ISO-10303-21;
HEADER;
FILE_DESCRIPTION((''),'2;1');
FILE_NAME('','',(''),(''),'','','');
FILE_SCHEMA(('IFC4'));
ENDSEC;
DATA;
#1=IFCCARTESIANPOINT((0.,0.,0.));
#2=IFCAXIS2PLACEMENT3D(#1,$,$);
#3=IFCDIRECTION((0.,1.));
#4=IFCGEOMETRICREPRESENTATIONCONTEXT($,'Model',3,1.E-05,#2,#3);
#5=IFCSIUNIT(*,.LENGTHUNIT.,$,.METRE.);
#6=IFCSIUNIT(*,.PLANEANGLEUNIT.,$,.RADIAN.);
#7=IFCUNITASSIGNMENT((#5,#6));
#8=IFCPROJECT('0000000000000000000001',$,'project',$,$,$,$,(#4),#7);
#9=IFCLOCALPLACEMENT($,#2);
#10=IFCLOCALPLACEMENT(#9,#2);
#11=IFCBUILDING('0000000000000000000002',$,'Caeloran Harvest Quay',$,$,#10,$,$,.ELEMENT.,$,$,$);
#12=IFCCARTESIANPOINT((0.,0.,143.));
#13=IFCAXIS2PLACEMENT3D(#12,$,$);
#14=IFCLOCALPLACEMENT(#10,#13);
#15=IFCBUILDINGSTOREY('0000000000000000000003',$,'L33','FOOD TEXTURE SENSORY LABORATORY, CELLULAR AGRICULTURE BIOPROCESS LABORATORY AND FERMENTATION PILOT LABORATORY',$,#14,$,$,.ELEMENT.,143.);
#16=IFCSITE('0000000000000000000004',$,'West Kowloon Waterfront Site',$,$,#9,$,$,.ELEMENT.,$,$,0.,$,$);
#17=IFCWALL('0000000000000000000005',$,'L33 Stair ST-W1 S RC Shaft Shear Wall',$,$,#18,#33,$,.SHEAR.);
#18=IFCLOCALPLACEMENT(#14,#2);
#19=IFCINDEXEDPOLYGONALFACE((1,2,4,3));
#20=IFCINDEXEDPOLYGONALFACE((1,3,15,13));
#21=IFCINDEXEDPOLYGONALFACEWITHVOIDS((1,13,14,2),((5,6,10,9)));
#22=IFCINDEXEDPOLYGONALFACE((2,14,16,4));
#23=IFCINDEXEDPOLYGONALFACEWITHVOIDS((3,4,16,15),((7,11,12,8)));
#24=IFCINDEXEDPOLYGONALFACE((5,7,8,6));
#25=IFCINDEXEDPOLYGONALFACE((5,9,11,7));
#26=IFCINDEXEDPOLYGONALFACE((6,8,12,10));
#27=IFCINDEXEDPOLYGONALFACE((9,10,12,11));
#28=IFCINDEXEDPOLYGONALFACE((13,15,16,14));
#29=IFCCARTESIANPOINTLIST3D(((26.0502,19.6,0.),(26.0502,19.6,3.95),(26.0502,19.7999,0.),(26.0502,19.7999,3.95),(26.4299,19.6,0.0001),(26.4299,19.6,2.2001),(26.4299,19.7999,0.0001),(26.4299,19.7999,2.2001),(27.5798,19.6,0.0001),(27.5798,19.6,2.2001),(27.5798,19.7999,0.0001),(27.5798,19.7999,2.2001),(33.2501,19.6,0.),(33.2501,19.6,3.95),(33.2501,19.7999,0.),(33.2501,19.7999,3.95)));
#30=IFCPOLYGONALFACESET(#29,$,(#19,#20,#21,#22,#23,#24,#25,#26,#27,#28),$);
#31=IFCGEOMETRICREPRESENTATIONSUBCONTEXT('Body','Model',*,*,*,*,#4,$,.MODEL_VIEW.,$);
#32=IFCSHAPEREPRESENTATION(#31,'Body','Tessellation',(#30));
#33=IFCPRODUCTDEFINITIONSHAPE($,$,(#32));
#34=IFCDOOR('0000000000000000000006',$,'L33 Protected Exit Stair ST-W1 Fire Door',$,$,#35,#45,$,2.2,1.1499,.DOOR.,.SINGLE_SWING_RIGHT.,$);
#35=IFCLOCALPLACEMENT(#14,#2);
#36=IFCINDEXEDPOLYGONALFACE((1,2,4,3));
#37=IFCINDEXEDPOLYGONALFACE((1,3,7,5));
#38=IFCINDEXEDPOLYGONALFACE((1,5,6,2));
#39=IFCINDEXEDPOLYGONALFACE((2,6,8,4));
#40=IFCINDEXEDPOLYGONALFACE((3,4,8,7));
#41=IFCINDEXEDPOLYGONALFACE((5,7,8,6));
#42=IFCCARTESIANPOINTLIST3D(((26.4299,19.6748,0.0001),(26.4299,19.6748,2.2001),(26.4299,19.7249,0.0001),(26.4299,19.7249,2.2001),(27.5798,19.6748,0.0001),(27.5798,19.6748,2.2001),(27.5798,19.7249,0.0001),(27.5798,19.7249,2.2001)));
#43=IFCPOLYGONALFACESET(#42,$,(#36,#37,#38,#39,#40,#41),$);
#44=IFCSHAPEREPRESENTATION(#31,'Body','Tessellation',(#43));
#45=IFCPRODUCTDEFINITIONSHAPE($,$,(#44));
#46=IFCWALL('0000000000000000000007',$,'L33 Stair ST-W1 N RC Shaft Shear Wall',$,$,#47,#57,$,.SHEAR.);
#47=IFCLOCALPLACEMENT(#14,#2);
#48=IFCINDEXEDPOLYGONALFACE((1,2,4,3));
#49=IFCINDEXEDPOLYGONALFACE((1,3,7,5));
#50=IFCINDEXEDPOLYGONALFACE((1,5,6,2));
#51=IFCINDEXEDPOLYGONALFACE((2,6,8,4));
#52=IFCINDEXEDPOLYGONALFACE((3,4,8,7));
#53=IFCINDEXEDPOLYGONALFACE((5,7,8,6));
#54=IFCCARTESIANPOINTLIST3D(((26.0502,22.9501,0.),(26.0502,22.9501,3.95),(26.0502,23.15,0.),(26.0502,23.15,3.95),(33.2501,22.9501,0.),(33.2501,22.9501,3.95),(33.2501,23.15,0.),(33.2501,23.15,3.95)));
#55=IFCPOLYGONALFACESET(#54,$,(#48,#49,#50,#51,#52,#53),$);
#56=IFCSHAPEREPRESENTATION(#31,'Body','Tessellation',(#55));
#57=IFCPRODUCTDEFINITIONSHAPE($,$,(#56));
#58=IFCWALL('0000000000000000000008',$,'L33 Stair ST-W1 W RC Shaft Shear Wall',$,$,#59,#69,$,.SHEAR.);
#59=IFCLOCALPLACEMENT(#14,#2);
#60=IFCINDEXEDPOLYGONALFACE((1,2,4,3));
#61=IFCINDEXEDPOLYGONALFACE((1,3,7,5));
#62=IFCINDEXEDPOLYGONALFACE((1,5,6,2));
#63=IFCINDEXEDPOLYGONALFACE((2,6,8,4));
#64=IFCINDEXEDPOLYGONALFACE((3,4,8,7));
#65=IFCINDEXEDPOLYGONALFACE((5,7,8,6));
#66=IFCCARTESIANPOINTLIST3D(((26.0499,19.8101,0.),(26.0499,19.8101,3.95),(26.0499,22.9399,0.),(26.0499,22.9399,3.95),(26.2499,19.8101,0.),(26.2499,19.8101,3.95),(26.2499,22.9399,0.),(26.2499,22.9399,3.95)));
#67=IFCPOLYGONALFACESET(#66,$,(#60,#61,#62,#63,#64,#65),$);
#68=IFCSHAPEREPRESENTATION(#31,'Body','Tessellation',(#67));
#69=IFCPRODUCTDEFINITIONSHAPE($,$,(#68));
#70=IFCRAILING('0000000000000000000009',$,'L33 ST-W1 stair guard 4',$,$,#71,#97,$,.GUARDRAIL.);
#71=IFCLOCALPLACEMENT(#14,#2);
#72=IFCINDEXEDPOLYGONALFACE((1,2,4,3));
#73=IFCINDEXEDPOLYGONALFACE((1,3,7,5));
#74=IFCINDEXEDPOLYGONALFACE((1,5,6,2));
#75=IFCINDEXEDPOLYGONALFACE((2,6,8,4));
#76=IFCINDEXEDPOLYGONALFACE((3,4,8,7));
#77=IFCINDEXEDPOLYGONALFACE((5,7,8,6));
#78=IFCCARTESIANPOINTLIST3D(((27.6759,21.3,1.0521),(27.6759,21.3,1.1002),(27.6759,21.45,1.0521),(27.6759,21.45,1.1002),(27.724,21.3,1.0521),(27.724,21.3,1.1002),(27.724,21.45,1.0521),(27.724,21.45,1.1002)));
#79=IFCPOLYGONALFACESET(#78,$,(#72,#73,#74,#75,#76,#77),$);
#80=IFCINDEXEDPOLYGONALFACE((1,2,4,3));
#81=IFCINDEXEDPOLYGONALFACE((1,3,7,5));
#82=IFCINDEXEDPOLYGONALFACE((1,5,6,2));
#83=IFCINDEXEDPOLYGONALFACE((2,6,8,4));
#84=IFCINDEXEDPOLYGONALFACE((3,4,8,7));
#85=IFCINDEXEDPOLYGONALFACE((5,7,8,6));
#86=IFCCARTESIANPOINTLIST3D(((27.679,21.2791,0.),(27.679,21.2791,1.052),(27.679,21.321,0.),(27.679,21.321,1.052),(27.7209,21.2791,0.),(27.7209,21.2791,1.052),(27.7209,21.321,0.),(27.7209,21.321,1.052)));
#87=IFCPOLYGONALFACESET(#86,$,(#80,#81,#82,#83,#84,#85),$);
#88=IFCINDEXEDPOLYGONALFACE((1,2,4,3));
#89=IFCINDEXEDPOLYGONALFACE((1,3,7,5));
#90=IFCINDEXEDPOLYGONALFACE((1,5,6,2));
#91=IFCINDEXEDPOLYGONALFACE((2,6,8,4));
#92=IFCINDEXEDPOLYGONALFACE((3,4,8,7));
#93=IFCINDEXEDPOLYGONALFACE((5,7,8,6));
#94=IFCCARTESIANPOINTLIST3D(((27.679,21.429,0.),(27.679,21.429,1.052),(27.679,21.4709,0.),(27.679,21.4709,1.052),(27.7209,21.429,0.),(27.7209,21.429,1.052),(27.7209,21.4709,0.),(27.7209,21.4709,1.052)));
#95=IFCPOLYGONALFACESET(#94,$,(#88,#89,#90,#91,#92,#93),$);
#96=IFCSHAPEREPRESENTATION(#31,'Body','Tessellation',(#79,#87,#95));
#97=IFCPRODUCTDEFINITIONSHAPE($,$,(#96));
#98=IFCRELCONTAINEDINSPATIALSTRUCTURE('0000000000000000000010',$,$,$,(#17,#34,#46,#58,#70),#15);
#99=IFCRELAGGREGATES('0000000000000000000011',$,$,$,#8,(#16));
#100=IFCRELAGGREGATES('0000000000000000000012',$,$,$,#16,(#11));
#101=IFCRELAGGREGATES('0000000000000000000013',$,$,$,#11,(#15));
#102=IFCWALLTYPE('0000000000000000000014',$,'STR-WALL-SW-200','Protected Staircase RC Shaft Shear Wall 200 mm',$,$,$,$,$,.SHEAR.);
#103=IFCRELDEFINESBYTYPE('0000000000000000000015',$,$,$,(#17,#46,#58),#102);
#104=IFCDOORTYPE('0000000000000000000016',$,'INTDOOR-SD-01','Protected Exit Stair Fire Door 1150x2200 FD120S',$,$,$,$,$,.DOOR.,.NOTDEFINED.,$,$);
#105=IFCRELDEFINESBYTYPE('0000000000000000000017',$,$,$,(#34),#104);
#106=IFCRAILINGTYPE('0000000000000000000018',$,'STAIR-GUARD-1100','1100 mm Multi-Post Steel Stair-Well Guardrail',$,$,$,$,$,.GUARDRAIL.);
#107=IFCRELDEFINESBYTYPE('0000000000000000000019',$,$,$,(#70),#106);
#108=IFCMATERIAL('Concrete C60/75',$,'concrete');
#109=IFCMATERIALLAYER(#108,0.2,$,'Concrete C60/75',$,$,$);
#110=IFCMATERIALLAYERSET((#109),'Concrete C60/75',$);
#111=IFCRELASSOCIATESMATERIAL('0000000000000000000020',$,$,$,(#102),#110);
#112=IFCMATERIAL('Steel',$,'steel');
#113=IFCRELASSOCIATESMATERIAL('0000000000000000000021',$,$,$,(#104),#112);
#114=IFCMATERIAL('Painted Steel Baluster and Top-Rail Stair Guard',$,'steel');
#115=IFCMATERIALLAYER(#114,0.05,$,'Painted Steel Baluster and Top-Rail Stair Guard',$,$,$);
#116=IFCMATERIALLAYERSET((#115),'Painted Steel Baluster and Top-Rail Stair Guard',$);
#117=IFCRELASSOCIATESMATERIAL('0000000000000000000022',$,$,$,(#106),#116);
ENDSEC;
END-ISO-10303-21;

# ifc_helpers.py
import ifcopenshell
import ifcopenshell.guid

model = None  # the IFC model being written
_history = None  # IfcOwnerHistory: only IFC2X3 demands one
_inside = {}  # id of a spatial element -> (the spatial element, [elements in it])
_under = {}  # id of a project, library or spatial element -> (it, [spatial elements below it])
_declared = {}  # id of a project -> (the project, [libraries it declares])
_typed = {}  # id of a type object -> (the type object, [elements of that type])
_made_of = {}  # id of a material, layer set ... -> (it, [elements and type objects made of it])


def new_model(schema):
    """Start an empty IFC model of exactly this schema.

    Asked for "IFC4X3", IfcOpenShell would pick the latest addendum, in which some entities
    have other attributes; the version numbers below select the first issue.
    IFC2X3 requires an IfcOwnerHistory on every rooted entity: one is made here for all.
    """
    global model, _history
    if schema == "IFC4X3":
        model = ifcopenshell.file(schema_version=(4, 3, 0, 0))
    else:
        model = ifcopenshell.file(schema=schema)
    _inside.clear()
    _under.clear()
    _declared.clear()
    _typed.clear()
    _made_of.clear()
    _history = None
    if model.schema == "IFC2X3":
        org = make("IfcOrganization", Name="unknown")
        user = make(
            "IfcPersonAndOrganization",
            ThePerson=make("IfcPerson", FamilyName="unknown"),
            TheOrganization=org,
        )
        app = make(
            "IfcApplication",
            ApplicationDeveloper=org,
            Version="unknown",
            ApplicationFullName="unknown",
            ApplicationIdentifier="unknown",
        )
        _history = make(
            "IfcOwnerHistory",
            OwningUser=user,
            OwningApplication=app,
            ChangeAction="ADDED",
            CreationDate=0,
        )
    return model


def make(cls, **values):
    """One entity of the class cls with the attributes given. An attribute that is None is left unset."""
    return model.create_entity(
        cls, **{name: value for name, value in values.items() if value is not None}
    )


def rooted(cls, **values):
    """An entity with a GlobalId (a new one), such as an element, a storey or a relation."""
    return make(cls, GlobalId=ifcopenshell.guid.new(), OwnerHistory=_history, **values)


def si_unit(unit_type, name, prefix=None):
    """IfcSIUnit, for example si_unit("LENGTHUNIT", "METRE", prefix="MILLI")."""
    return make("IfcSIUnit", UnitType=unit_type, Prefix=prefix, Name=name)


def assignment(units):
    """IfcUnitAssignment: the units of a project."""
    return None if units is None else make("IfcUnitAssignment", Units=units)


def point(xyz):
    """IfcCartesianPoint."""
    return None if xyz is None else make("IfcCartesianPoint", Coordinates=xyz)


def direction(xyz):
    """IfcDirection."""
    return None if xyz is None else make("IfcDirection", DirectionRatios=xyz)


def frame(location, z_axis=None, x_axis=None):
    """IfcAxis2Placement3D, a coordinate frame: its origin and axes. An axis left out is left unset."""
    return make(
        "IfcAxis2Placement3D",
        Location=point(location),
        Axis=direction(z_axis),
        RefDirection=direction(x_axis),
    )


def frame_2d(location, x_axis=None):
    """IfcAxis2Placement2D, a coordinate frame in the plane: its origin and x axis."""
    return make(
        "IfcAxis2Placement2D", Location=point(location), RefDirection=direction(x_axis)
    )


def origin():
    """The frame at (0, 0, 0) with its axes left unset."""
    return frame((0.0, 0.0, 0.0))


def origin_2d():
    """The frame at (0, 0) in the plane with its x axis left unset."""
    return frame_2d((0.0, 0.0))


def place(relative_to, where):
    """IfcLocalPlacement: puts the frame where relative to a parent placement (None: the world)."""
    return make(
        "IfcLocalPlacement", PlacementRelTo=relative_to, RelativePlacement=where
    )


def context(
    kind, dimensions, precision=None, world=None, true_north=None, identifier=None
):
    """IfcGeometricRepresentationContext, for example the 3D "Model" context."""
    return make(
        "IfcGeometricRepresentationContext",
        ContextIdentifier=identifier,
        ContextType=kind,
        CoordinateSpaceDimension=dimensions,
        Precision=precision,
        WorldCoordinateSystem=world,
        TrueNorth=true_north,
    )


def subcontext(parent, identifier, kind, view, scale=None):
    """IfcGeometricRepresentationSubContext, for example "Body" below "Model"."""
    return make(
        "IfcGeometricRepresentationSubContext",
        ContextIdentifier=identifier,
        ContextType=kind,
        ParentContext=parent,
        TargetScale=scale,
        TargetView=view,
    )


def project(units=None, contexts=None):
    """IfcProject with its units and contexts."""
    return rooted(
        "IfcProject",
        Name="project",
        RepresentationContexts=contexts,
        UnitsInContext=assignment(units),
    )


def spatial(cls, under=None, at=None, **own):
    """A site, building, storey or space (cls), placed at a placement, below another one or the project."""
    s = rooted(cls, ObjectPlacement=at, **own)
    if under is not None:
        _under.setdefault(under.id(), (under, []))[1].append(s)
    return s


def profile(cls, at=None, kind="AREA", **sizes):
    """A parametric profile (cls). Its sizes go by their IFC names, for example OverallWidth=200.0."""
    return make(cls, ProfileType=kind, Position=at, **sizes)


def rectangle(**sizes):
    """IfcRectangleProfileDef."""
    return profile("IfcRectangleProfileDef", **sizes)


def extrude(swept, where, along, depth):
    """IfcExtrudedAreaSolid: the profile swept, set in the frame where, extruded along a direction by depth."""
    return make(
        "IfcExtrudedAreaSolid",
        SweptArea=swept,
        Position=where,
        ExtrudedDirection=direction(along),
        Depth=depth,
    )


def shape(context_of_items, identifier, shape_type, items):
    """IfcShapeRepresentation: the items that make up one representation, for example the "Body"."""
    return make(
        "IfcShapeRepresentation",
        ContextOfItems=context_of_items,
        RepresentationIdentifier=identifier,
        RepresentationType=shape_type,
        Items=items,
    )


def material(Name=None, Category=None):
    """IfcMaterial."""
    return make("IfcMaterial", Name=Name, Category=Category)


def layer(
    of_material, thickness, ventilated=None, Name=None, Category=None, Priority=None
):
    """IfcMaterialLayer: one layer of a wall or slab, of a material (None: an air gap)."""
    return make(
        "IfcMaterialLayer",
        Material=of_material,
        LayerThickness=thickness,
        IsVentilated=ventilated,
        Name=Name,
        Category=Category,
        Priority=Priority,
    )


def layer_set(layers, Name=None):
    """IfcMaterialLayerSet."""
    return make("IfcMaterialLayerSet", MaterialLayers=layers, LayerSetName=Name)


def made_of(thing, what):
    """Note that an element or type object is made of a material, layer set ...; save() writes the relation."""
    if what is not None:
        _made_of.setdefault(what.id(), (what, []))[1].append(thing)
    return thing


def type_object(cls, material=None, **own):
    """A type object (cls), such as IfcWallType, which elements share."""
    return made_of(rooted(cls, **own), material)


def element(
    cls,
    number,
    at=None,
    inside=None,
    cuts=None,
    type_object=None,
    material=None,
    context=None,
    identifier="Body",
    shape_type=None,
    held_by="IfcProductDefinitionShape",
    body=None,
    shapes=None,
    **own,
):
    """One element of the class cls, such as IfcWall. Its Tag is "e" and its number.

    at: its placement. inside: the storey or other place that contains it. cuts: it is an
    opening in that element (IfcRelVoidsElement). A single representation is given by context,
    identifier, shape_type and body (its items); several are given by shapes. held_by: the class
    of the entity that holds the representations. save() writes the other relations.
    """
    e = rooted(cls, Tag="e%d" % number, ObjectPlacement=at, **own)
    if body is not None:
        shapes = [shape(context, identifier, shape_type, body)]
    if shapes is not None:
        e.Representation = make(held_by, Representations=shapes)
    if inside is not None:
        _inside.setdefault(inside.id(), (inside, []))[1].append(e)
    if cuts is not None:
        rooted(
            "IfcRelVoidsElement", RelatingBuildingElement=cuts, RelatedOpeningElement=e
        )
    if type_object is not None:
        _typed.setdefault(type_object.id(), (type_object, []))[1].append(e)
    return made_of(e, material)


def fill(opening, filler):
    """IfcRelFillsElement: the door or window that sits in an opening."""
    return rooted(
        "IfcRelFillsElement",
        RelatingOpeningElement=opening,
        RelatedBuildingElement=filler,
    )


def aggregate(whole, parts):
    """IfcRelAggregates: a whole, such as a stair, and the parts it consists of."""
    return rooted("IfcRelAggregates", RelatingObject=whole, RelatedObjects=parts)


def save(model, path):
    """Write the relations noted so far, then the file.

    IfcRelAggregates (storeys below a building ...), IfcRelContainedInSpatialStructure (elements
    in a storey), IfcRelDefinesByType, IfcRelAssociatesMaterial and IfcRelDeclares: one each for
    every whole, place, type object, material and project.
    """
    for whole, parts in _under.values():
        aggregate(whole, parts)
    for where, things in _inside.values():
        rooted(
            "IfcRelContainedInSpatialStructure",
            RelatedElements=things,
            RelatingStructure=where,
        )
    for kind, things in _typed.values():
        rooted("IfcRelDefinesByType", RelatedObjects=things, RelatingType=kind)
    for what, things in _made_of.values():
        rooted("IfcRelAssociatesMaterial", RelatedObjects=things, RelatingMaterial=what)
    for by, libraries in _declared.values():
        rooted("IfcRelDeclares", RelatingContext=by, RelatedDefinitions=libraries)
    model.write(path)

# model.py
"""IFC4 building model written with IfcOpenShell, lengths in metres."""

from ifc_helpers import new_model, si_unit, direction, frame, frame_2d, origin, origin_2d, place, context, subcontext, project, spatial, rectangle, extrude, material, layer, layer_set, type_object, element, fill, save


model = new_model("IFC4")

# Units and contexts
model_context = context("Model", 3, precision=1e-05, world=origin(), true_north=direction((0.0, 1.0)))
body_context = subcontext(model_context, "Body", "Model", "MODEL_VIEW")
ifc_project = project(units=[si_unit("LENGTHUNIT", "METRE"), si_unit("PLANEANGLEUNIT", "RADIAN")], contexts=[model_context])

# Site, building, storey
site_placement = place(None, origin())
site = spatial("IfcSite", under=ifc_project, at=site_placement, Name="West Kowloon Waterfront Site", CompositionType="ELEMENT", RefElevation=0.0)
building_placement = place(site_placement, origin())
building = spatial("IfcBuilding", under=site, at=building_placement, Name="Caeloran Harvest Quay", CompositionType="ELEMENT")
storey_placement = place(building_placement, frame((0.0, 0.0, 143.0)))
storey = spatial("IfcBuildingStorey", under=building, at=storey_placement, Name="L33", Description="FOOD TEXTURE SENSORY LABORATORY, CELLULAR AGRICULTURE BIOPROCESS LABORATORY AND FERMENTATION PILOT LABORATORY", CompositionType="ELEMENT", Elevation=143.0)

# Wall, opening, door
ifc_material_1 = material(Name="Concrete C60/75", Category="concrete")
ifc_layer_1 = layer(ifc_material_1, 0.2, Name="Concrete C60/75")
ifc_layer_set_1 = layer_set([ifc_layer_1], Name="Concrete C60/75")
wall_type_1 = type_object("IfcWallType", Name="STR-WALL-SW-200", Description="Protected Staircase RC Shaft Shear Wall 200 mm", PredefinedType="SHEAR", material=ifc_layer_set_1)
wall_1_placement = place(storey_placement, frame((26.05, 19.7, 0.0), z_axis=(0.0, 0.0, 1.0), x_axis=(1.0, 0.0, 0.0)))
wall_1 = element("IfcWall", 1, at=wall_1_placement, inside=storey, type_object=wall_type_1, Name="L33 Stair ST-W1 S RC Shaft Shear Wall", PredefinedType="SHEAR", context=body_context, shape_type="SweptSolid", body=[
    extrude(rectangle(XDim=7.2, YDim=0.2, at=frame_2d((3.6001, 0.0))), origin(), (0.0, 0.0, 1.0), 3.95),
])
opening_1_placement = place(wall_1_placement, frame((0.3799, 0.0, 0.0)))
opening_1 = element("IfcOpeningElement", 2, at=opening_1_placement, cuts=wall_1, PredefinedType="OPENING", context=body_context, shape_type="SweptSolid", body=[
    extrude(rectangle(XDim=1.1499, YDim=2.2, at=frame_2d((0.575, 1.1001))), frame((0.0, 0.1099, 0.0), z_axis=(0.0, -1.0, 0.0), x_axis=(1.0, 0.0, 0.0)), (0.0, 0.0, 1.0), 0.22),
])
ifc_material_2 = material(Name="Steel", Category="steel")
door_type_1 = type_object("IfcDoorType", Name="INTDOOR-SD-01", Description="Protected Exit Stair Fire Door 1150x2200 FD120S", OperationType="NOTDEFINED", PredefinedType="DOOR", material=ifc_material_2)
door_1_placement = place(opening_1_placement, origin())
door_1 = element("IfcDoor", 3, at=door_1_placement, inside=storey, type_object=door_type_1, Name="L33 Protected Exit Stair ST-W1 Fire Door", OperationType="SINGLE_SWING_RIGHT", OverallHeight=2.2, OverallWidth=1.1499, PredefinedType="DOOR", context=body_context, shape_type="SweptSolid", body=[
    extrude(rectangle(XDim=1.1499, YDim=2.2, at=frame_2d((0.575, 1.1001))), frame((0.0, 0.0249, 0.0), z_axis=(0.0, -1.0, 0.0), x_axis=(1.0, 0.0, 0.0)), (0.0, 0.0, 1.0), 0.05),
])
fill(opening_1, door_1)

# Walls
wall_2_placement = place(storey_placement, frame((26.05, 23.05, 0.0), z_axis=(0.0, 0.0, 1.0), x_axis=(1.0, 0.0, 0.0)))
element("IfcWall", 4, at=wall_2_placement, inside=storey, type_object=wall_type_1, Name="L33 Stair ST-W1 N RC Shaft Shear Wall", PredefinedType="SHEAR", context=body_context, shape_type="SweptSolid", body=[
    extrude(rectangle(XDim=7.2, YDim=0.2, at=frame_2d((3.6001, 0.0))), origin(), (0.0, 0.0, 1.0), 3.95),
])
wall_3_placement = place(storey_placement, frame((26.1499, 19.8101, 0.0), z_axis=(0.0, 0.0, 1.0), x_axis=(0.0, 1.0, 0.0)))
element("IfcWall", 5, at=wall_3_placement, inside=storey, type_object=wall_type_1, Name="L33 Stair ST-W1 W RC Shaft Shear Wall", PredefinedType="SHEAR", context=body_context, shape_type="SweptSolid", body=[
    extrude(rectangle(XDim=3.1299, YDim=0.2, at=frame_2d((1.5649, 0.0))), origin(), (0.0, 0.0, 1.0), 3.95),
])

# Railing
ifc_material_3 = material(Name="Painted Steel Baluster and Top-Rail Stair Guard", Category="steel")
ifc_layer_2 = layer(ifc_material_3, 0.05, Name="Painted Steel Baluster and Top-Rail Stair Guard")
ifc_layer_set_2 = layer_set([ifc_layer_2], Name="Painted Steel Baluster and Top-Rail Stair Guard")
railing_type = type_object("IfcRailingType", Name="STAIR-GUARD-1100", Description="1100 mm Multi-Post Steel Stair-Well Guardrail", PredefinedType="GUARDRAIL", material=ifc_layer_set_2)
railing_placement = place(storey_placement, frame((27.7, 21.3, 0.0)))
element("IfcRailing", 6, at=railing_placement, inside=storey, type_object=railing_type, Name="L33 ST-W1 stair guard 4", PredefinedType="GUARDRAIL", context=body_context, shape_type="SweptSolid", body=[
    extrude(rectangle(XDim=0.0481, YDim=0.0481, at=origin_2d()), frame((0.0, 0.0, 1.0762), z_axis=(0.0, 1.0, 0.0), x_axis=(-1.0, 0.0, 0.0)), (0.0, 0.0, 1.0), 0.1499),
    extrude(rectangle(XDim=0.042, YDim=0.042, at=origin_2d()), origin(), (0.0, 0.0, 1.0), 1.052),
    extrude(rectangle(XDim=0.042, YDim=0.042, at=origin_2d()), frame((0.0, 0.1499, 0.0)), (0.0, 0.0, 1.0), 1.052),
])

save(model, "model.ifc")
